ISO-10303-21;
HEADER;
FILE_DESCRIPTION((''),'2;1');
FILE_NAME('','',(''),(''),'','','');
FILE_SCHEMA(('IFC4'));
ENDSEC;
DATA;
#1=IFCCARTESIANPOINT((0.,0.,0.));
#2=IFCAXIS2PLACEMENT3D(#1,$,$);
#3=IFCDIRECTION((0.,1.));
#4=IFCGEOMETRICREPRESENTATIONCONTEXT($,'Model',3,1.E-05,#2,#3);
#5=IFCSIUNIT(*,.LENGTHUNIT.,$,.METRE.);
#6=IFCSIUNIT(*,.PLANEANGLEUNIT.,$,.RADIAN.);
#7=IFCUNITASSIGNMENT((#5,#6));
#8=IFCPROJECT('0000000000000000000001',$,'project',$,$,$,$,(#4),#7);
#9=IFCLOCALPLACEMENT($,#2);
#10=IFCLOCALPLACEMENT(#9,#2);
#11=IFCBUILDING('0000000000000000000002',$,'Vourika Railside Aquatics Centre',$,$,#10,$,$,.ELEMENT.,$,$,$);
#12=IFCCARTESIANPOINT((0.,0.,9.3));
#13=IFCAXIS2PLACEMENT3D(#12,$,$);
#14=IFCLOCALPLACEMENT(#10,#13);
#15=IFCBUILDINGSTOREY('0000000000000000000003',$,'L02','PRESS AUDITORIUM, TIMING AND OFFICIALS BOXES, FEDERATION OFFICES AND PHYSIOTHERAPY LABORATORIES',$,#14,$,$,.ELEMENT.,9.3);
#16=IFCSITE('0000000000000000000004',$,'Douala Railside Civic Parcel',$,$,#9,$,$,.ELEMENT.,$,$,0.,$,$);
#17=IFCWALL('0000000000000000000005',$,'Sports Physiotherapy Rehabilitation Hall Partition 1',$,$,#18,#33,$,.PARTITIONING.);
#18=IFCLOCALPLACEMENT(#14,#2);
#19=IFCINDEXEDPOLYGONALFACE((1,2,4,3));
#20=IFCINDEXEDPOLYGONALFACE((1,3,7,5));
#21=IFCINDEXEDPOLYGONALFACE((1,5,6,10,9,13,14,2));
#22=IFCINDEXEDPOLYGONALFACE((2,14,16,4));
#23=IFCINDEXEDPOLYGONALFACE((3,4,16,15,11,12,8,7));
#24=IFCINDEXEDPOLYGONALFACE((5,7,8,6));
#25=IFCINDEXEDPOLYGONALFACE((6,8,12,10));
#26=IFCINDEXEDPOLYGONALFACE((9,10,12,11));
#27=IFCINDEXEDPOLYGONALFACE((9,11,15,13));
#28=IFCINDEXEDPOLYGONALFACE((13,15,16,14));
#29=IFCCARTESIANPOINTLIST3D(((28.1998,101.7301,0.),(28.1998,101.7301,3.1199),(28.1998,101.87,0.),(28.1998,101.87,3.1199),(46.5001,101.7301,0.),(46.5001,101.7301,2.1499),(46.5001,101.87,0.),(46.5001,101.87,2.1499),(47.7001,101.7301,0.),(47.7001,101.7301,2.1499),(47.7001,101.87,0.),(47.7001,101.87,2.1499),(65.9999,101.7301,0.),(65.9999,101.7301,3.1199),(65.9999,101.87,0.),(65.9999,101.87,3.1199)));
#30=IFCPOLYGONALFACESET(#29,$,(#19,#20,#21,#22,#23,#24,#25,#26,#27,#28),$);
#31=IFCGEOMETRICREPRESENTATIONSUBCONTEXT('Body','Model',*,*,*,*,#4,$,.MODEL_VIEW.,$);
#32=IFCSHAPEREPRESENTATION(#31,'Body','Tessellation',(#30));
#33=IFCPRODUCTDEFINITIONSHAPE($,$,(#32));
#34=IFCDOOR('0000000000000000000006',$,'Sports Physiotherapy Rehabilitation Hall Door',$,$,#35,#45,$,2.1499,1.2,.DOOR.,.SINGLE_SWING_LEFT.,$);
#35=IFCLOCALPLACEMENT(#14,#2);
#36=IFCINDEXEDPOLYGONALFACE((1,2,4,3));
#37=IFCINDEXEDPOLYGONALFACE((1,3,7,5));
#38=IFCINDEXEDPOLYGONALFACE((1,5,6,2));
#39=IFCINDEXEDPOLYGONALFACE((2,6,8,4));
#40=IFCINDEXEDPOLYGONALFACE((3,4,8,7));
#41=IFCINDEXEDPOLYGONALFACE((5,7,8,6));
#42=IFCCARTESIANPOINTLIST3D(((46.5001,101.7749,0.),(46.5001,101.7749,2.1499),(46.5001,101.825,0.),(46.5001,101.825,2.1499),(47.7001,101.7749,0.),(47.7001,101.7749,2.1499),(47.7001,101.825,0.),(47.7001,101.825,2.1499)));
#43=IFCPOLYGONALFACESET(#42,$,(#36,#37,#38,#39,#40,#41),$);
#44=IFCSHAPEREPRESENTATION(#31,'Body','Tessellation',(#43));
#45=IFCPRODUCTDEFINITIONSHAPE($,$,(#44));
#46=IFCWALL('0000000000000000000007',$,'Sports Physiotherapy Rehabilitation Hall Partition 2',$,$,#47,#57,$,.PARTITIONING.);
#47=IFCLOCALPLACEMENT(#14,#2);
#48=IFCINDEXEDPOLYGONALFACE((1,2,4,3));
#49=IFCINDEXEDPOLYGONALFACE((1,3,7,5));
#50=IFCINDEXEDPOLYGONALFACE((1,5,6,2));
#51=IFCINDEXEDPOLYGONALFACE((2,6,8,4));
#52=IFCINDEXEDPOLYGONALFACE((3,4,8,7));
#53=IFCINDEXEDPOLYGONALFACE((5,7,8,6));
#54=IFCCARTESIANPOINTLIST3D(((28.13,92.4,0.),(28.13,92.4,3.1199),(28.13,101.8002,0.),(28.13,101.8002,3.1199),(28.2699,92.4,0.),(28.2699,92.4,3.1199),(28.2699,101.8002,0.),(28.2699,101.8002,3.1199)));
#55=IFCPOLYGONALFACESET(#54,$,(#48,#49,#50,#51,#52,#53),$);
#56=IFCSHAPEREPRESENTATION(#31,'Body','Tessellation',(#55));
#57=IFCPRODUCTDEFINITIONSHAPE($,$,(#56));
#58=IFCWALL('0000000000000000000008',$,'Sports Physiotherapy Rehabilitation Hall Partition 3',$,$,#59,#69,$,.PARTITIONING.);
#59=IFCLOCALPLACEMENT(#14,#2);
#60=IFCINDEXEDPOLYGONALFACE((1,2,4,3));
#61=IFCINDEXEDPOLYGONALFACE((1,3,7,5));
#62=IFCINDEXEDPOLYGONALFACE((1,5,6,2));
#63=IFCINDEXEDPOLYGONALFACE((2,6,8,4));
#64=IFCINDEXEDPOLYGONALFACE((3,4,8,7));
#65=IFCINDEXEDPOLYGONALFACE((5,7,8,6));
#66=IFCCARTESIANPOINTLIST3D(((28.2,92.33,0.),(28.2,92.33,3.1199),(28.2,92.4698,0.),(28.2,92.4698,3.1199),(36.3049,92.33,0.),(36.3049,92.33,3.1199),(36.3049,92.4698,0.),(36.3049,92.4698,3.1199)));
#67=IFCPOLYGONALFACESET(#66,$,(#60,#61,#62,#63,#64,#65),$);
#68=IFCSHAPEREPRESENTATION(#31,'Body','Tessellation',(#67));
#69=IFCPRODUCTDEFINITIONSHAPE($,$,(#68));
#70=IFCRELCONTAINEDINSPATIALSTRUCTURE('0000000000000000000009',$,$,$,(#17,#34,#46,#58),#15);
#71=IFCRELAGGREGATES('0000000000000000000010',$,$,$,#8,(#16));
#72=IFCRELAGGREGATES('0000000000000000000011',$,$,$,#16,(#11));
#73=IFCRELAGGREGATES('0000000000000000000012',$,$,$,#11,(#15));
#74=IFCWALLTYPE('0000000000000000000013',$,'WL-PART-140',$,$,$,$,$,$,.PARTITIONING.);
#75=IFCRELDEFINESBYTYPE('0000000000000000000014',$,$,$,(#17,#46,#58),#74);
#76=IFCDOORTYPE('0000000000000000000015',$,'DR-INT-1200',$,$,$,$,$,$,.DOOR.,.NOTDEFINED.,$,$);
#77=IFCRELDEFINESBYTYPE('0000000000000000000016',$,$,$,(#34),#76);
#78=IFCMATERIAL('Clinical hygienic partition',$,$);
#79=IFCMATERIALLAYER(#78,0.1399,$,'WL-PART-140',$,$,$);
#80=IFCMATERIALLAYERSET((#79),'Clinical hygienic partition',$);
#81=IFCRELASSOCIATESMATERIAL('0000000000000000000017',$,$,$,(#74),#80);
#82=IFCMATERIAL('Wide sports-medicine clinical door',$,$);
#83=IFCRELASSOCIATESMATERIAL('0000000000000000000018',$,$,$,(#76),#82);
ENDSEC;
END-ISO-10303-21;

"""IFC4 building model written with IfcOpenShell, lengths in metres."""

from ifc_helpers import new_model, si_unit, direction, frame, frame_2d, origin, place, context, subcontext, project, spatial, rectangle, extrude, material, layer, layer_set, type_object, element, fill, save


model = new_model("IFC4")

# Units and contexts
model_context = context("Model", 3, precision=1e-05, world=origin(), true_north=direction((0.0, 1.0)))
body_context = subcontext(model_context, "Body", "Model", "MODEL_VIEW")
ifc_project = project(units=[si_unit("LENGTHUNIT", "METRE"), si_unit("PLANEANGLEUNIT", "RADIAN")], contexts=[model_context])

# Site, building, storey
site_placement = place(None, origin())
site = spatial("IfcSite", under=ifc_project, at=site_placement, Name="Douala Railside Civic Parcel", CompositionType="ELEMENT", RefElevation=0.0)
building_placement = place(site_placement, origin())
building = spatial("IfcBuilding", under=site, at=building_placement, Name="Vourika Railside Aquatics Centre", CompositionType="ELEMENT")
storey_placement = place(building_placement, frame((0.0, 0.0, 9.3)))
storey = spatial("IfcBuildingStorey", under=building, at=storey_placement, Name="L02", Description="PRESS AUDITORIUM, TIMING AND OFFICIALS BOXES, FEDERATION OFFICES AND PHYSIOTHERAPY LABORATORIES", CompositionType="ELEMENT", Elevation=9.3)

# Shared definitions
ifc_material_1 = material(Name="Clinical hygienic partition")
ifc_layer_1 = layer(ifc_material_1, 0.1399, Name="WL-PART-140")
ifc_layer_set_1 = layer_set([ifc_layer_1], Name="Clinical hygienic partition")
wall_type_1 = type_object("IfcWallType", Name="WL-PART-140", PredefinedType="PARTITIONING", material=ifc_layer_set_1)
ifc_material_2 = material(Name="Wide sports-medicine clinical door")
door_type = type_object("IfcDoorType", Name="DR-INT-1200", OperationType="NOTDEFINED", PredefinedType="DOOR", material=ifc_material_2)

# Wall, opening, door
wall_1_placement = place(storey_placement, frame((28.2, 101.8, 0.0), z_axis=(0.0, 0.0, 1.0), x_axis=(1.0, 0.0, 0.0)))
wall_1 = element("IfcWall", 1, at=wall_1_placement, inside=storey, type_object=wall_type_1, Name="Sports Physiotherapy Rehabilitation Hall Partition 1", PredefinedType="PARTITIONING", context=body_context, shape_type="SweptSolid", body=[
    extrude(rectangle(XDim=37.8, YDim=0.1399, at=frame_2d((18.8999, 0.0))), origin(), (0.0, 0.0, 1.0), 3.1199),
])
opening_1_placement = place(wall_1_placement, frame((18.3, 0.0, 0.0)))
opening_1 = element("IfcOpeningElement", 2, at=opening_1_placement, cuts=wall_1, PredefinedType="OPENING", context=body_context, shape_type="SweptSolid", body=[
    extrude(rectangle(XDim=1.2, YDim=2.1499, at=frame_2d((0.6001, 1.075))), frame((0.0, 0.0801, 0.0), z_axis=(0.0, -1.0, 0.0), x_axis=(1.0, 0.0, 0.0)), (0.0, 0.0, 1.0), 0.1599),
])
door_1_placement = place(opening_1_placement, origin())
door_1 = element("IfcDoor", 3, at=door_1_placement, inside=storey, type_object=door_type, Name="Sports Physiotherapy Rehabilitation Hall Door", OperationType="SINGLE_SWING_LEFT", OverallHeight=2.1499, OverallWidth=1.2, PredefinedType="DOOR", context=body_context, shape_type="SweptSolid", body=[
    extrude(rectangle(XDim=1.2, YDim=2.1499, at=frame_2d((0.6001, 1.075))), frame((0.0, 0.0249, 0.0), z_axis=(0.0, -1.0, 0.0), x_axis=(1.0, 0.0, 0.0)), (0.0, 0.0, 1.0), 0.05),
])
fill(opening_1, door_1)

# Walls
wall_2_placement = place(storey_placement, frame((28.2, 92.3999, 0.0), z_axis=(0.0, 0.0, 1.0), x_axis=(0.0, 1.0, 0.0)))
element("IfcWall", 4, at=wall_2_placement, inside=storey, type_object=wall_type_1, Name="Sports Physiotherapy Rehabilitation Hall Partition 2", PredefinedType="PARTITIONING", context=body_context, shape_type="SweptSolid", body=[
    extrude(rectangle(XDim=9.4001, YDim=0.1399, at=frame_2d((4.7002, 0.0))), origin(), (0.0, 0.0, 1.0), 3.1199),
])
wall_3_placement = place(storey_placement, frame((36.3049, 92.3999, 0.0), z_axis=(0.0, 0.0, 1.0), x_axis=(-1.0, 0.0, 0.0)))
element("IfcWall", 5, at=wall_3_placement, inside=storey, type_object=wall_type_1, Name="Sports Physiotherapy Rehabilitation Hall Partition 3", PredefinedType="PARTITIONING", context=body_context, shape_type="SweptSolid", body=[
    extrude(rectangle(XDim=8.105, YDim=0.1399, at=frame_2d((4.0525, 0.0))), origin(), (0.0, 0.0, 1.0), 3.1199),
])

save(model, "model.ifc")
